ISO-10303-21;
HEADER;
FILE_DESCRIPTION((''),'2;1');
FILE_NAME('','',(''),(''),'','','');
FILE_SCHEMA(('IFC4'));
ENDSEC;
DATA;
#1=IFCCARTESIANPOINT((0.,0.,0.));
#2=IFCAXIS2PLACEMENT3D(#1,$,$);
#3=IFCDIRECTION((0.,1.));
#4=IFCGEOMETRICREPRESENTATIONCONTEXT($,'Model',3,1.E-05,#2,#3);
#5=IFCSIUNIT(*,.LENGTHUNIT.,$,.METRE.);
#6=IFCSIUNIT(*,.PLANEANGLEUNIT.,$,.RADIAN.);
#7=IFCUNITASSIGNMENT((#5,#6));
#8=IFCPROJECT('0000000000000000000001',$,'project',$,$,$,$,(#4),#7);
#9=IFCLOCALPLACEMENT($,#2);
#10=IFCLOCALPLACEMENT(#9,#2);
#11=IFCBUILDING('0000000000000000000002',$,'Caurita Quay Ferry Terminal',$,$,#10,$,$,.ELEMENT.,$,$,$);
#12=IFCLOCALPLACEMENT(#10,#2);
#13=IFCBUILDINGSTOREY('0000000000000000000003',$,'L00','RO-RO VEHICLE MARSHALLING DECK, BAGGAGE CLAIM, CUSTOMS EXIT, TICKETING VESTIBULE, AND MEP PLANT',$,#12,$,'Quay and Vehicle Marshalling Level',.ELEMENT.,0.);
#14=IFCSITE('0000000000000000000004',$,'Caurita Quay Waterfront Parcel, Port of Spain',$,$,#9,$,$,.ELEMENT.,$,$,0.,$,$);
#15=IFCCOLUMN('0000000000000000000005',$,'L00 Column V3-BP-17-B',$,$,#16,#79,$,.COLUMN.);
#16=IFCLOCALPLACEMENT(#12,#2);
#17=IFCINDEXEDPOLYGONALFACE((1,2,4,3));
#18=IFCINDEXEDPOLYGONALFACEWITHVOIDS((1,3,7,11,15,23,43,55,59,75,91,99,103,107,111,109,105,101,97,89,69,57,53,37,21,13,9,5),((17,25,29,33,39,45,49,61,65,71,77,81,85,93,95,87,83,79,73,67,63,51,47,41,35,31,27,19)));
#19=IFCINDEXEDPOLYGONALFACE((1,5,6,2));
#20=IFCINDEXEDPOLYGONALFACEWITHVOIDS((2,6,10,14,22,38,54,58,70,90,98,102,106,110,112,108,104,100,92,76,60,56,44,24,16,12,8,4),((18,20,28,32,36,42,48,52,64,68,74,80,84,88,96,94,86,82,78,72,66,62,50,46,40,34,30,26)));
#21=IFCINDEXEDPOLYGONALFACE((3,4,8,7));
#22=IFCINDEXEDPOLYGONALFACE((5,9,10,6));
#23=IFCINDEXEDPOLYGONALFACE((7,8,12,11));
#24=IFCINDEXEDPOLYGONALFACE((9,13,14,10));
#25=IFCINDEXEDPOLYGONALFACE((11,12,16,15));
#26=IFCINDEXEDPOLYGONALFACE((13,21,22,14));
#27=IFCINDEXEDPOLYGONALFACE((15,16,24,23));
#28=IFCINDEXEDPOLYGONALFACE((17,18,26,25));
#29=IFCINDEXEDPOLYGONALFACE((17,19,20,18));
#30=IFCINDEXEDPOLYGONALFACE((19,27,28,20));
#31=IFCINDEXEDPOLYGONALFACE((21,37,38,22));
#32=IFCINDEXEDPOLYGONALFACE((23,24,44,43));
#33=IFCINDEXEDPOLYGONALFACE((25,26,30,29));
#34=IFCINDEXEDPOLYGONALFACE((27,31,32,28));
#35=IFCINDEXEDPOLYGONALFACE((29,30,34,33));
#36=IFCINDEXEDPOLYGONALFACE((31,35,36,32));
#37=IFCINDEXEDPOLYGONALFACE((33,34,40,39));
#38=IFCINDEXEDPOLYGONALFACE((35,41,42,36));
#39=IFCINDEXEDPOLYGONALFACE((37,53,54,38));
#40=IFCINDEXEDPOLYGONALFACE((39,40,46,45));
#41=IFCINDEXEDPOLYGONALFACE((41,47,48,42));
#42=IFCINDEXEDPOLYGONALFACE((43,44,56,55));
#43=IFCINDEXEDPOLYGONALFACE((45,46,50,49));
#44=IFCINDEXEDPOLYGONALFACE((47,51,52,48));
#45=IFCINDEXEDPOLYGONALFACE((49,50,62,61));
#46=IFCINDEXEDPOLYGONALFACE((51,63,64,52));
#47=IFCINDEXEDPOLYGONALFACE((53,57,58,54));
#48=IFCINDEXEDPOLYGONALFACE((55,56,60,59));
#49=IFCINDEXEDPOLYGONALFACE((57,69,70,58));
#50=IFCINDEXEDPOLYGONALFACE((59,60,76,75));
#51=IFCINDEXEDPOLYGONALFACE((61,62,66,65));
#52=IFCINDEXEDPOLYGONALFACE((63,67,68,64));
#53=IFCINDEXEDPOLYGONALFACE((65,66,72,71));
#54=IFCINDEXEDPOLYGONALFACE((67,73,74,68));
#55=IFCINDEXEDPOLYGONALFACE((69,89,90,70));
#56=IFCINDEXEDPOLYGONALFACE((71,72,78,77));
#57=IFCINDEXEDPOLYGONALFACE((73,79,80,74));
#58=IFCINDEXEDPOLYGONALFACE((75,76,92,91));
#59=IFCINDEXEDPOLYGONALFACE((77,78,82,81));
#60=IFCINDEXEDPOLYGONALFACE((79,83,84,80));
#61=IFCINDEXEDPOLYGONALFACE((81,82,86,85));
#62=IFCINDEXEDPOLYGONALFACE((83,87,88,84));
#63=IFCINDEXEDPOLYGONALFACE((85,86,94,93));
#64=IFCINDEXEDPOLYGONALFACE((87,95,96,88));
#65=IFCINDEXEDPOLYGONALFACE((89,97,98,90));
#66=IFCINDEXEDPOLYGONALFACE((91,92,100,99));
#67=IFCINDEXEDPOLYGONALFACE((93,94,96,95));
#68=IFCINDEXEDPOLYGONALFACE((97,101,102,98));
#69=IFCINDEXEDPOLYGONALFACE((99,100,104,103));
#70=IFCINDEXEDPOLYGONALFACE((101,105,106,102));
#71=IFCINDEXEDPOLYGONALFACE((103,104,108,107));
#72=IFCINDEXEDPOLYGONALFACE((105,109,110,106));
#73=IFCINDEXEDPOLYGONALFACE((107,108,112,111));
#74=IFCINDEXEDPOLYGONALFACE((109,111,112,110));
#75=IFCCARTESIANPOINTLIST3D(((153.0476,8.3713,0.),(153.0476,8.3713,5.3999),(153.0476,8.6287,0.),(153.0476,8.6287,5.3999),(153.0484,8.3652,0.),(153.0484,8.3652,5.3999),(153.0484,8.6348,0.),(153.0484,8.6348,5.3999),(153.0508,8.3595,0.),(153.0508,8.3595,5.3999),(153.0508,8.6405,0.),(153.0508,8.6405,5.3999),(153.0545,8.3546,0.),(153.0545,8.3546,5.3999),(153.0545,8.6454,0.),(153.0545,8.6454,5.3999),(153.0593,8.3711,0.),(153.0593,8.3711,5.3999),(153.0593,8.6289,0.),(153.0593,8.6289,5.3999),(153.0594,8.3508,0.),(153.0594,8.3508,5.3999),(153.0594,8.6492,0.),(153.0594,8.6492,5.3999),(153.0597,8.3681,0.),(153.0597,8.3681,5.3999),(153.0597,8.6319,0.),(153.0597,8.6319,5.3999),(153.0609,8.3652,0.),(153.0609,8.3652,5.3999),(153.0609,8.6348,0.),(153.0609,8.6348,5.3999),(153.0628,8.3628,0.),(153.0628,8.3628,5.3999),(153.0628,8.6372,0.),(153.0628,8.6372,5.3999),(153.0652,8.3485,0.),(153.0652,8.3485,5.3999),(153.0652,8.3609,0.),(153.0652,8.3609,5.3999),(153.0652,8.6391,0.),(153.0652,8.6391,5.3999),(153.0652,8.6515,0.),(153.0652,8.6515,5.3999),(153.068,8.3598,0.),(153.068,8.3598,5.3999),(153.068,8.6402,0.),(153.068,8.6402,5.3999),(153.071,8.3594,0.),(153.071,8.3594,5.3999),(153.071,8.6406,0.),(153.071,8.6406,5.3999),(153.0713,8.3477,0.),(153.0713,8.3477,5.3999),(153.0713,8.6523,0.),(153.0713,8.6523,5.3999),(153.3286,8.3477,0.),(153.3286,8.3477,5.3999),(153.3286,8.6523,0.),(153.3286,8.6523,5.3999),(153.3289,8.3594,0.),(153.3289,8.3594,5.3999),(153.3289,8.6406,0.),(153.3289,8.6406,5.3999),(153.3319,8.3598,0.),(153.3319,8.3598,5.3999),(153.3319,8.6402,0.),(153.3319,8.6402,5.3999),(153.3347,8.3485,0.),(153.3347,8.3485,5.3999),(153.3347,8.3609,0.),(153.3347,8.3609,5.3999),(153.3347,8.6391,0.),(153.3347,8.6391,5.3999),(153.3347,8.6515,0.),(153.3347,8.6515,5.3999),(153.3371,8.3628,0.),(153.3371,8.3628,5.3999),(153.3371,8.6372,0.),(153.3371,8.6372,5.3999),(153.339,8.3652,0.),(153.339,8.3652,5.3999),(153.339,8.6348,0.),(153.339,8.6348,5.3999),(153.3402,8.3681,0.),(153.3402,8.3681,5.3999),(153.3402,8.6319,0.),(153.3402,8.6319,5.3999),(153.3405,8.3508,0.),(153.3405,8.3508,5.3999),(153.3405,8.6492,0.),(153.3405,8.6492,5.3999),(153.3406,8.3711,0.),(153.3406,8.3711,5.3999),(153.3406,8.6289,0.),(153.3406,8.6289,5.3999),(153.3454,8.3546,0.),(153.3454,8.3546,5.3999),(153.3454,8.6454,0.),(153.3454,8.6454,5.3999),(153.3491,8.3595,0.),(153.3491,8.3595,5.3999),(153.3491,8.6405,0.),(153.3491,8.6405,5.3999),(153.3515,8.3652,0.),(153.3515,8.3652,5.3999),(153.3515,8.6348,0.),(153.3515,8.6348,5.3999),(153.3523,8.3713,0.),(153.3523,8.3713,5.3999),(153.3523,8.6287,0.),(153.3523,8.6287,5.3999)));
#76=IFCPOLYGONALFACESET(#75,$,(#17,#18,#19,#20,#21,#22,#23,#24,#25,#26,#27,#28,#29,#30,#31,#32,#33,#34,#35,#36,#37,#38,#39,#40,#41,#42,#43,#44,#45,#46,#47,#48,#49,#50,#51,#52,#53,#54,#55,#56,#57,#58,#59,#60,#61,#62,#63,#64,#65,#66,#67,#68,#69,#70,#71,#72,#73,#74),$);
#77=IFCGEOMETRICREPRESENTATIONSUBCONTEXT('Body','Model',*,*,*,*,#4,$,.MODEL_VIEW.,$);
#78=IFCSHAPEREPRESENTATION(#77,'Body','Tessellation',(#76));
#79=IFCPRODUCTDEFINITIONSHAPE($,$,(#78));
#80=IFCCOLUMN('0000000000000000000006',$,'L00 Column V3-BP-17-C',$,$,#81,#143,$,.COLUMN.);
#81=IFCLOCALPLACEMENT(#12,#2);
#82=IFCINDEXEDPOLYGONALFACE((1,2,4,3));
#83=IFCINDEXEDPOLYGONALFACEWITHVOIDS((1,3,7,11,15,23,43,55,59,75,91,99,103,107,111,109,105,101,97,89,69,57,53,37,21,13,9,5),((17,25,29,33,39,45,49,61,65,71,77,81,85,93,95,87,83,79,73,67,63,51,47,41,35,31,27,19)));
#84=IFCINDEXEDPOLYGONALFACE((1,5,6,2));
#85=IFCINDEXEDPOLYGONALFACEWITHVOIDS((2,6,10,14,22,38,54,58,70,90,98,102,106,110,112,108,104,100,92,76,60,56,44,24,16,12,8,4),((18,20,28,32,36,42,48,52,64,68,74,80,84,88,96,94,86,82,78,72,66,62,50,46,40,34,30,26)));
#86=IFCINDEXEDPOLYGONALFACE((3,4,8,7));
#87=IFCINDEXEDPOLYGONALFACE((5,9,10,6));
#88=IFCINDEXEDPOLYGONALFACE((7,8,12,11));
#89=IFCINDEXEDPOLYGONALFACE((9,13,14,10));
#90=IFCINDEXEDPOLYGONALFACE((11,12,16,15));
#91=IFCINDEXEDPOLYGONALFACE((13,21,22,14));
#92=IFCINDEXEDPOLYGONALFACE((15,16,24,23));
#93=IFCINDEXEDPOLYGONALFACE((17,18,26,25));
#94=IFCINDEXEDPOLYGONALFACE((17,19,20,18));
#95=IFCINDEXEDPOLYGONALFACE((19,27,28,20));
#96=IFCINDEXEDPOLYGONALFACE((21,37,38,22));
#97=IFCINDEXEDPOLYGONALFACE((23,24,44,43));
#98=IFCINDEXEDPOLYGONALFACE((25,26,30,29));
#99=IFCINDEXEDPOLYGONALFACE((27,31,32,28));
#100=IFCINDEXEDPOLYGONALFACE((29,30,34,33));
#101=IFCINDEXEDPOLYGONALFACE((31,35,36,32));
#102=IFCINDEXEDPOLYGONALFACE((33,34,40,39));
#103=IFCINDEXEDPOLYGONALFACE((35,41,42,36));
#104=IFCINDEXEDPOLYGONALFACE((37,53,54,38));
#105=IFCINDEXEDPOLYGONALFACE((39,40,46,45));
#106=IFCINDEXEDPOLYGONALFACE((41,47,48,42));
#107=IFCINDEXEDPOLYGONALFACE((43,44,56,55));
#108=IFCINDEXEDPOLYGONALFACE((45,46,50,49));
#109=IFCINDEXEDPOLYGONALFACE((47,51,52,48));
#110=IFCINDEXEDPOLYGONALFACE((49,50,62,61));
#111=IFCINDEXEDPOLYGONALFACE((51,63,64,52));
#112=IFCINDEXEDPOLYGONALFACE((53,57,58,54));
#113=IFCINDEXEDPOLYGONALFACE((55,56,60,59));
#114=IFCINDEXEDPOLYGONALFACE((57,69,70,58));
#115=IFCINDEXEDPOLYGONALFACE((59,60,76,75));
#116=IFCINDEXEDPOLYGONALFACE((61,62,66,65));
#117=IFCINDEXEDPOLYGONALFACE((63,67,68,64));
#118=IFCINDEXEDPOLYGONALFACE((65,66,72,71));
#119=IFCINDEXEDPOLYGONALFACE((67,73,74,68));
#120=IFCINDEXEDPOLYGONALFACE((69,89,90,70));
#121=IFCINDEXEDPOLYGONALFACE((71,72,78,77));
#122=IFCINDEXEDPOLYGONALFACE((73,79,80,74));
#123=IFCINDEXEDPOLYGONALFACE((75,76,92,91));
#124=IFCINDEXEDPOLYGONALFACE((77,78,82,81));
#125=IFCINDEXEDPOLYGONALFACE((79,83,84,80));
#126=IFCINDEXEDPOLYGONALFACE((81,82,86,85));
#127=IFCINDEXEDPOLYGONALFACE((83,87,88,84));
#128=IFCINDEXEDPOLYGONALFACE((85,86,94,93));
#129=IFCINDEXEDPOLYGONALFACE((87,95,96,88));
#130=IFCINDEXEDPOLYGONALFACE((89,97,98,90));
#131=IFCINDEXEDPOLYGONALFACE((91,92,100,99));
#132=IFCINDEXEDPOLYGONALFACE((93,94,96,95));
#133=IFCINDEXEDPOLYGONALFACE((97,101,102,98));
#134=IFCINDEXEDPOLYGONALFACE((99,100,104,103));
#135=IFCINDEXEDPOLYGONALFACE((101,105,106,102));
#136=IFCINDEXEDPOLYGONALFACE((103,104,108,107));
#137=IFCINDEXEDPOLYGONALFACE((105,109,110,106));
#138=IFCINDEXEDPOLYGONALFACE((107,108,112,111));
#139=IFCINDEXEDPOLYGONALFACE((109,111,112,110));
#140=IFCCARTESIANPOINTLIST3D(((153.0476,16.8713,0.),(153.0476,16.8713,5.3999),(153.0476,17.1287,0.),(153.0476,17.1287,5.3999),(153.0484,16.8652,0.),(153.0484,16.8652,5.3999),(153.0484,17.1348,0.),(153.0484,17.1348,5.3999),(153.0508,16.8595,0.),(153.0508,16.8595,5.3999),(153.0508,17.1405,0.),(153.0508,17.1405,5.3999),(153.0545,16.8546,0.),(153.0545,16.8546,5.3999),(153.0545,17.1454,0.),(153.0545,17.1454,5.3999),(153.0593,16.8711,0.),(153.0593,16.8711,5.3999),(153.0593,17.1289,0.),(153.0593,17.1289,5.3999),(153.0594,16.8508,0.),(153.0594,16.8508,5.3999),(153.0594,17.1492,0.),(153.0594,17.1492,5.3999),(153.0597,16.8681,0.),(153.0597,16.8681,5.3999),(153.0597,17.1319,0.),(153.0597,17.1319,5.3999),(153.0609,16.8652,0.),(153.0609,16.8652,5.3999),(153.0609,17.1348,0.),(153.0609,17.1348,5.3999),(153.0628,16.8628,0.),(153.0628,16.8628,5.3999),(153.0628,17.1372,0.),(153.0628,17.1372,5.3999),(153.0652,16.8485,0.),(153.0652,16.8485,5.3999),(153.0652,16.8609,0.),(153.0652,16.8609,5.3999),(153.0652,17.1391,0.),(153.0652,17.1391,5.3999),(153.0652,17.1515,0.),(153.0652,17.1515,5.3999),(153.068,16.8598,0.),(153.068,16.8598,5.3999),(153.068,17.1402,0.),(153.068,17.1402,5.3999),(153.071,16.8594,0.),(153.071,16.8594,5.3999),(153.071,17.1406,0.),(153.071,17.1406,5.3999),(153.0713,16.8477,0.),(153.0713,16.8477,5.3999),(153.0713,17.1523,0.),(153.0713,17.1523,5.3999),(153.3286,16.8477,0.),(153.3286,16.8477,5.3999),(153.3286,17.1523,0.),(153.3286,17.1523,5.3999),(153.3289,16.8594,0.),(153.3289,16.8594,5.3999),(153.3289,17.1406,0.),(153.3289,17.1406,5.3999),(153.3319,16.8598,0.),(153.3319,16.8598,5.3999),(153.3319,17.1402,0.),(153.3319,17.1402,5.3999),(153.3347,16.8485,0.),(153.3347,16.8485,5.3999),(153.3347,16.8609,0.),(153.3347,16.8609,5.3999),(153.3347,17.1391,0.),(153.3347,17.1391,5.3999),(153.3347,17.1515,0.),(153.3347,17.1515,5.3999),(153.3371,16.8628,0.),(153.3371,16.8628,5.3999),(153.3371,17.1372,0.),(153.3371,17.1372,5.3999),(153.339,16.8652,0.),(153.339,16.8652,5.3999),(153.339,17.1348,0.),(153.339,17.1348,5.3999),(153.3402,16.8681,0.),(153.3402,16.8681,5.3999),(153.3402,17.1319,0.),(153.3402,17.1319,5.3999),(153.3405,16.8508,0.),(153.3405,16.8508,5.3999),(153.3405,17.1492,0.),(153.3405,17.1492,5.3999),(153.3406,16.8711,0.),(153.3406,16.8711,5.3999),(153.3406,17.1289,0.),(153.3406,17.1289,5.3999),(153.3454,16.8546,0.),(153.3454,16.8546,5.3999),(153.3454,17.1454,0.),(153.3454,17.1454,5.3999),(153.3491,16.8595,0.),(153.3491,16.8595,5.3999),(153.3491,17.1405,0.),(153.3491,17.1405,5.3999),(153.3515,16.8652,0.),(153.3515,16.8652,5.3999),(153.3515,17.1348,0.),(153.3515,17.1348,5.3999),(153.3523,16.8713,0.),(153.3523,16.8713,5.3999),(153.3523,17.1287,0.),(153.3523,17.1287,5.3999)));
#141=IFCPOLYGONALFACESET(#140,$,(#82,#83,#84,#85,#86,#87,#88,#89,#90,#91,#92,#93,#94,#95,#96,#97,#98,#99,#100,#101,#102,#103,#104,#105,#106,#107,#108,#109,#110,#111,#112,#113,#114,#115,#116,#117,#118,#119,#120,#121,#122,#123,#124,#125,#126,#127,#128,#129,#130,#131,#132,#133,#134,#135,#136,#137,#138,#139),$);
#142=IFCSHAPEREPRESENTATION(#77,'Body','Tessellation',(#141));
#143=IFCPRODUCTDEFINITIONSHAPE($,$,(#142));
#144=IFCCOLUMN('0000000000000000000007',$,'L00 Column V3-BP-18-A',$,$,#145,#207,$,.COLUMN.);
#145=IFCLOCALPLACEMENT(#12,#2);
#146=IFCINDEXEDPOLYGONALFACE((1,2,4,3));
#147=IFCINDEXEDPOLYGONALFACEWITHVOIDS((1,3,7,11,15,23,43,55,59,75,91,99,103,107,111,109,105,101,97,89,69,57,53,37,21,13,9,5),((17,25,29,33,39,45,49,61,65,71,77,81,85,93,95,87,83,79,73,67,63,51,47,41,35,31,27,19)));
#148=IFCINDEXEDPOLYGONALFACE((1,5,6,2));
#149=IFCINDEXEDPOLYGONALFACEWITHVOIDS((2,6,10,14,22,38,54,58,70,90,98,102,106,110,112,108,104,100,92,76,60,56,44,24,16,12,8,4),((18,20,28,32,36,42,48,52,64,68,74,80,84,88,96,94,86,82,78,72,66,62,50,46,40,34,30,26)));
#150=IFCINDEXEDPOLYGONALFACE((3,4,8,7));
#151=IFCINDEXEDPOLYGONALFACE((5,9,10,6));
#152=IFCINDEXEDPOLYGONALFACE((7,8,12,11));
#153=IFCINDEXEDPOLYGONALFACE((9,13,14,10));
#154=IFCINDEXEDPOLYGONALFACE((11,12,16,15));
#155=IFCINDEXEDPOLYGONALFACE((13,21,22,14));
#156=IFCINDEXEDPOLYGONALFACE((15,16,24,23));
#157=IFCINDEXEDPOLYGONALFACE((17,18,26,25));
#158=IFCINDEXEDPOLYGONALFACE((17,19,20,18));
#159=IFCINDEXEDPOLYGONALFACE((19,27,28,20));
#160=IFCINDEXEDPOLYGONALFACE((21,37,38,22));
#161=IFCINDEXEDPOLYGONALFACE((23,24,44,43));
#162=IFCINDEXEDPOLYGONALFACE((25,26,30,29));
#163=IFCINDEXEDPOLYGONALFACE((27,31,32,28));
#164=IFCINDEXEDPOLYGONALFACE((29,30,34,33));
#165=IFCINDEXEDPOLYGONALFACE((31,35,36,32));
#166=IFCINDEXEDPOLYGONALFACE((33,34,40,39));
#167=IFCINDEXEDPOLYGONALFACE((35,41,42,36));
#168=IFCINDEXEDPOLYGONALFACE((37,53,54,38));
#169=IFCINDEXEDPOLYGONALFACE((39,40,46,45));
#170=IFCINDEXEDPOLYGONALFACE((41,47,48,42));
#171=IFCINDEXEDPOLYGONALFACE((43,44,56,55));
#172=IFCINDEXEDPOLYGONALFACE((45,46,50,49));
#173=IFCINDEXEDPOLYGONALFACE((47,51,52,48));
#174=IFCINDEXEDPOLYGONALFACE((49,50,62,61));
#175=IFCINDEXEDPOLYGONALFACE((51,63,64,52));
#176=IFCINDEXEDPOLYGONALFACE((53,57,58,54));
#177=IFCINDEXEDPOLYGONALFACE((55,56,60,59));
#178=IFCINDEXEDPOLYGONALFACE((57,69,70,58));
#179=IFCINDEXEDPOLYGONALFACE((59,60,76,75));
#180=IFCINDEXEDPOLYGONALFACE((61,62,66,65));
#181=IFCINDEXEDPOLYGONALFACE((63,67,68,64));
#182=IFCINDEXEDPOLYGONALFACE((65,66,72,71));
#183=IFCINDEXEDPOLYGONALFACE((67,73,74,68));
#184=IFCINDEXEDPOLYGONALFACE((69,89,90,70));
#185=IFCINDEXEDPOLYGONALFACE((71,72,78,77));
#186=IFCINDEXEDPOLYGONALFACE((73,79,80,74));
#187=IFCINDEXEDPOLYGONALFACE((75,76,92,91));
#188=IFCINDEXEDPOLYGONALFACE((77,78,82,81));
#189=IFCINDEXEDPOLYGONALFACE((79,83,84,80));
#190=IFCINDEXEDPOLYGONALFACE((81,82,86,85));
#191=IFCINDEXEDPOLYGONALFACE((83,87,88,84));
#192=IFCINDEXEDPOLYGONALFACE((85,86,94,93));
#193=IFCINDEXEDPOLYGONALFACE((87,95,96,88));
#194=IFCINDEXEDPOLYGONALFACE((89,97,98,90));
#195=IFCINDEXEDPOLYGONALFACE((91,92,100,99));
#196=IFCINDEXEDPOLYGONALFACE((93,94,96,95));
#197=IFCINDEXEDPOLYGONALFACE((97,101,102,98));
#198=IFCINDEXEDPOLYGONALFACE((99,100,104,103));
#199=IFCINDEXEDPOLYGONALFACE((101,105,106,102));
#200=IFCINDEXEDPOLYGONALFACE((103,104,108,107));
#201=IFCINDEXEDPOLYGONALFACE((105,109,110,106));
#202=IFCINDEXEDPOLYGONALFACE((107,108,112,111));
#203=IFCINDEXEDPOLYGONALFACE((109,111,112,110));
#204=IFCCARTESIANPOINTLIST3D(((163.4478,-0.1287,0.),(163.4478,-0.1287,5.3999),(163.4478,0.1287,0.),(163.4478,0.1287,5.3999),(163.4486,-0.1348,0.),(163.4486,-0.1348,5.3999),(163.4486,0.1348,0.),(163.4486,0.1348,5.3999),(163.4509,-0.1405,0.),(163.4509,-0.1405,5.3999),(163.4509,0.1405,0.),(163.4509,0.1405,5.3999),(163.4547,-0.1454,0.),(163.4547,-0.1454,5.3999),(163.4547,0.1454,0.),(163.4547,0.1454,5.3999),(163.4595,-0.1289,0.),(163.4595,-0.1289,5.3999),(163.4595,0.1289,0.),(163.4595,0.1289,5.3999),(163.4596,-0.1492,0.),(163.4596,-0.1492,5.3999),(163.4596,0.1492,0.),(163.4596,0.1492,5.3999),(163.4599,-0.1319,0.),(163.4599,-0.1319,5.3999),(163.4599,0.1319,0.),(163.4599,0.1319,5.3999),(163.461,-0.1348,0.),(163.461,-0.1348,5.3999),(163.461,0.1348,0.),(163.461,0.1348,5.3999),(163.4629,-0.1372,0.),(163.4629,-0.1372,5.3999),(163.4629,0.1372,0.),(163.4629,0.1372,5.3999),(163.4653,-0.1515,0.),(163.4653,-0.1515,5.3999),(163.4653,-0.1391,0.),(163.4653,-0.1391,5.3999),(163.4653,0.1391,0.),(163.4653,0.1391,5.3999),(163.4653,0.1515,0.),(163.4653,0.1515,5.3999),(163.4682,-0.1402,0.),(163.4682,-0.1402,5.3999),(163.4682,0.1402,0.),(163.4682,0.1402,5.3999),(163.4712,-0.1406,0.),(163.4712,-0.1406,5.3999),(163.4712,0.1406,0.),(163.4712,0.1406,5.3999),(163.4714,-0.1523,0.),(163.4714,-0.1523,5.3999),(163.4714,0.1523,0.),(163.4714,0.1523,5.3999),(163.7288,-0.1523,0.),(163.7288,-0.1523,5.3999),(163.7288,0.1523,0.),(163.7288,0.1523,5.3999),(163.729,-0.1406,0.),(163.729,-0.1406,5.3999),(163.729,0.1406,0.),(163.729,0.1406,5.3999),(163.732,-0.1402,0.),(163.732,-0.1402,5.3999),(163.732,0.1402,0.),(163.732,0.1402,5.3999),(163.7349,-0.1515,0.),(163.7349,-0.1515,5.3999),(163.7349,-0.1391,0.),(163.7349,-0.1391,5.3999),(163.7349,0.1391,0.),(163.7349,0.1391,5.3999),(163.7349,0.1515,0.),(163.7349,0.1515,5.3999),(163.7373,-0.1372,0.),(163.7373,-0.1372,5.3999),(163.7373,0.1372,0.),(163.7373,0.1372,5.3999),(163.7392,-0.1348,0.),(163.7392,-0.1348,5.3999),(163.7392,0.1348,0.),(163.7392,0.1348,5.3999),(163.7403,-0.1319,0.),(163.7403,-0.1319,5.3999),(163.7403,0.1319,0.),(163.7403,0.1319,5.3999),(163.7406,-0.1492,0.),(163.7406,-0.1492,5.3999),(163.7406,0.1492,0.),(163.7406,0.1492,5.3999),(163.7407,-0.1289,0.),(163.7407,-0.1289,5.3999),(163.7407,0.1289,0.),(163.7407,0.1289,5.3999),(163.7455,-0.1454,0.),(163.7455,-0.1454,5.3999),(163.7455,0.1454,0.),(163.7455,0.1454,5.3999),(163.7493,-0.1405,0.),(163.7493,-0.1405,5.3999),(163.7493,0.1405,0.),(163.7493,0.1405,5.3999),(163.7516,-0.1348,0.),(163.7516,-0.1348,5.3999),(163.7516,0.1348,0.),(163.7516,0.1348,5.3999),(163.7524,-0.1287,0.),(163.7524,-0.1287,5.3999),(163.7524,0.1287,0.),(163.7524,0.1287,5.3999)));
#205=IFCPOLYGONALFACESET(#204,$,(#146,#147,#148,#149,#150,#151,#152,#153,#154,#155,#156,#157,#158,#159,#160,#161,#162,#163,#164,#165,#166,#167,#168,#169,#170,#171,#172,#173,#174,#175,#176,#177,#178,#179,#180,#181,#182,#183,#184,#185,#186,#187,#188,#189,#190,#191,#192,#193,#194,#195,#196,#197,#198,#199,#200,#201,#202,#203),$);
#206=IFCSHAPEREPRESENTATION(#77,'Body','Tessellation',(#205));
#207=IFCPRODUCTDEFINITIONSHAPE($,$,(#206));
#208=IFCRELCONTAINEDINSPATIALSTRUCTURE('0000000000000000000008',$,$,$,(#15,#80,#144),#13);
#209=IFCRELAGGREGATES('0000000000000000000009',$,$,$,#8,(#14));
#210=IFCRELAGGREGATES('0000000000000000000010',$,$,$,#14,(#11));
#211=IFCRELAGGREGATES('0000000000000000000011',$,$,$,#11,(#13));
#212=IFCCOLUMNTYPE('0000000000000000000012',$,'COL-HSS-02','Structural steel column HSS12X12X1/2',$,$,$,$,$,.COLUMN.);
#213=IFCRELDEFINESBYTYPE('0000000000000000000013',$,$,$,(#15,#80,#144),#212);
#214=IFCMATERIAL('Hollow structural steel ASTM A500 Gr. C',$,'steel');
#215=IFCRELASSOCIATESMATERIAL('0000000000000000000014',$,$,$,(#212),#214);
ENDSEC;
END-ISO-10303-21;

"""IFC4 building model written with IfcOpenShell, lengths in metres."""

from ifc_helpers import new_model, si_unit, direction, frame, origin, origin_2d, place, context, subcontext, project, spatial, hollow_rectangle, extrude, material, material_profile, profile_set, type_object, element, save


model = new_model("IFC4")

# Units and contexts
model_context = context("Model", 3, precision=1e-05, world=origin(), true_north=direction((0.0, 1.0)))
body_context = subcontext(model_context, "Body", "Model", "MODEL_VIEW")
ifc_project = project(units=[si_unit("LENGTHUNIT", "METRE"), si_unit("PLANEANGLEUNIT", "RADIAN")], contexts=[model_context])

# Site, building, storey
site_placement = place(None, origin())
site = spatial("IfcSite", under=ifc_project, at=site_placement, Name="Caurita Quay Waterfront Parcel, Port of Spain", CompositionType="ELEMENT", RefElevation=0.0)
building_placement = place(site_placement, origin())
building = spatial("IfcBuilding", under=site, at=building_placement, Name="Caurita Quay Ferry Terminal", CompositionType="ELEMENT")
storey_placement = place(building_placement, origin())
storey = spatial("IfcBuildingStorey", under=building, at=storey_placement, Name="L00", Description="RO-RO VEHICLE MARSHALLING DECK, BAGGAGE CLAIM, CUSTOMS EXIT, TICKETING VESTIBULE, AND MEP PLANT", LongName="Quay and Vehicle Marshalling Level", CompositionType="ELEMENT", Elevation=0.0)

# Columns
ifc_material_1 = material(Name="Hollow structural steel ASTM A500 Gr. C", Category="steel")
ifc_material_profile_1 = material_profile(ifc_material_1, hollow_rectangle(XDim=0.3047, YDim=0.3047, WallThickness=0.0117, InnerFilletRadius=0.0117, OuterFilletRadius=0.0237, at=origin_2d()), Name="HSS12X12X1/2")
ifc_profile_set_1 = profile_set([ifc_material_profile_1], Name="Hollow structural steel ASTM A500 Gr. C")
column_type = type_object("IfcColumnType", Name="COL-HSS-02", Description="Structural steel column HSS12X12X1/2", PredefinedType="COLUMN", material=ifc_profile_set_1)
for number, where, z_axis, x_axis, name in (
    (1, (153.2, 8.5, 0.0), (0.0, 0.0, 1.0), (1.0, 0.0, 0.0), "L00 Column V3-BP-17-B"),
    (2, (153.2, 17.0, 0.0), (0.0, 0.0, 1.0), (1.0, 0.0, 0.0), "L00 Column V3-BP-17-C"),
    (3, (163.6001, 0.0, 0.0), (0.0, 0.0, 1.0), (1.0, 0.0, 0.0), "L00 Column V3-BP-18-A"),
):
    element("IfcColumn", number, at=place(storey_placement, frame(where, z_axis=z_axis, x_axis=x_axis)), inside=storey, type_object=column_type, Name=name, PredefinedType="COLUMN", context=body_context, shape_type="SweptSolid", body=[
        extrude(hollow_rectangle(XDim=0.3047, YDim=0.3047, WallThickness=0.0117, InnerFilletRadius=0.0117, OuterFilletRadius=0.0237, at=origin_2d()), origin(), (0.0, 0.0, 1.0), 5.3999),
    ])

save(model, "model.ifc")
